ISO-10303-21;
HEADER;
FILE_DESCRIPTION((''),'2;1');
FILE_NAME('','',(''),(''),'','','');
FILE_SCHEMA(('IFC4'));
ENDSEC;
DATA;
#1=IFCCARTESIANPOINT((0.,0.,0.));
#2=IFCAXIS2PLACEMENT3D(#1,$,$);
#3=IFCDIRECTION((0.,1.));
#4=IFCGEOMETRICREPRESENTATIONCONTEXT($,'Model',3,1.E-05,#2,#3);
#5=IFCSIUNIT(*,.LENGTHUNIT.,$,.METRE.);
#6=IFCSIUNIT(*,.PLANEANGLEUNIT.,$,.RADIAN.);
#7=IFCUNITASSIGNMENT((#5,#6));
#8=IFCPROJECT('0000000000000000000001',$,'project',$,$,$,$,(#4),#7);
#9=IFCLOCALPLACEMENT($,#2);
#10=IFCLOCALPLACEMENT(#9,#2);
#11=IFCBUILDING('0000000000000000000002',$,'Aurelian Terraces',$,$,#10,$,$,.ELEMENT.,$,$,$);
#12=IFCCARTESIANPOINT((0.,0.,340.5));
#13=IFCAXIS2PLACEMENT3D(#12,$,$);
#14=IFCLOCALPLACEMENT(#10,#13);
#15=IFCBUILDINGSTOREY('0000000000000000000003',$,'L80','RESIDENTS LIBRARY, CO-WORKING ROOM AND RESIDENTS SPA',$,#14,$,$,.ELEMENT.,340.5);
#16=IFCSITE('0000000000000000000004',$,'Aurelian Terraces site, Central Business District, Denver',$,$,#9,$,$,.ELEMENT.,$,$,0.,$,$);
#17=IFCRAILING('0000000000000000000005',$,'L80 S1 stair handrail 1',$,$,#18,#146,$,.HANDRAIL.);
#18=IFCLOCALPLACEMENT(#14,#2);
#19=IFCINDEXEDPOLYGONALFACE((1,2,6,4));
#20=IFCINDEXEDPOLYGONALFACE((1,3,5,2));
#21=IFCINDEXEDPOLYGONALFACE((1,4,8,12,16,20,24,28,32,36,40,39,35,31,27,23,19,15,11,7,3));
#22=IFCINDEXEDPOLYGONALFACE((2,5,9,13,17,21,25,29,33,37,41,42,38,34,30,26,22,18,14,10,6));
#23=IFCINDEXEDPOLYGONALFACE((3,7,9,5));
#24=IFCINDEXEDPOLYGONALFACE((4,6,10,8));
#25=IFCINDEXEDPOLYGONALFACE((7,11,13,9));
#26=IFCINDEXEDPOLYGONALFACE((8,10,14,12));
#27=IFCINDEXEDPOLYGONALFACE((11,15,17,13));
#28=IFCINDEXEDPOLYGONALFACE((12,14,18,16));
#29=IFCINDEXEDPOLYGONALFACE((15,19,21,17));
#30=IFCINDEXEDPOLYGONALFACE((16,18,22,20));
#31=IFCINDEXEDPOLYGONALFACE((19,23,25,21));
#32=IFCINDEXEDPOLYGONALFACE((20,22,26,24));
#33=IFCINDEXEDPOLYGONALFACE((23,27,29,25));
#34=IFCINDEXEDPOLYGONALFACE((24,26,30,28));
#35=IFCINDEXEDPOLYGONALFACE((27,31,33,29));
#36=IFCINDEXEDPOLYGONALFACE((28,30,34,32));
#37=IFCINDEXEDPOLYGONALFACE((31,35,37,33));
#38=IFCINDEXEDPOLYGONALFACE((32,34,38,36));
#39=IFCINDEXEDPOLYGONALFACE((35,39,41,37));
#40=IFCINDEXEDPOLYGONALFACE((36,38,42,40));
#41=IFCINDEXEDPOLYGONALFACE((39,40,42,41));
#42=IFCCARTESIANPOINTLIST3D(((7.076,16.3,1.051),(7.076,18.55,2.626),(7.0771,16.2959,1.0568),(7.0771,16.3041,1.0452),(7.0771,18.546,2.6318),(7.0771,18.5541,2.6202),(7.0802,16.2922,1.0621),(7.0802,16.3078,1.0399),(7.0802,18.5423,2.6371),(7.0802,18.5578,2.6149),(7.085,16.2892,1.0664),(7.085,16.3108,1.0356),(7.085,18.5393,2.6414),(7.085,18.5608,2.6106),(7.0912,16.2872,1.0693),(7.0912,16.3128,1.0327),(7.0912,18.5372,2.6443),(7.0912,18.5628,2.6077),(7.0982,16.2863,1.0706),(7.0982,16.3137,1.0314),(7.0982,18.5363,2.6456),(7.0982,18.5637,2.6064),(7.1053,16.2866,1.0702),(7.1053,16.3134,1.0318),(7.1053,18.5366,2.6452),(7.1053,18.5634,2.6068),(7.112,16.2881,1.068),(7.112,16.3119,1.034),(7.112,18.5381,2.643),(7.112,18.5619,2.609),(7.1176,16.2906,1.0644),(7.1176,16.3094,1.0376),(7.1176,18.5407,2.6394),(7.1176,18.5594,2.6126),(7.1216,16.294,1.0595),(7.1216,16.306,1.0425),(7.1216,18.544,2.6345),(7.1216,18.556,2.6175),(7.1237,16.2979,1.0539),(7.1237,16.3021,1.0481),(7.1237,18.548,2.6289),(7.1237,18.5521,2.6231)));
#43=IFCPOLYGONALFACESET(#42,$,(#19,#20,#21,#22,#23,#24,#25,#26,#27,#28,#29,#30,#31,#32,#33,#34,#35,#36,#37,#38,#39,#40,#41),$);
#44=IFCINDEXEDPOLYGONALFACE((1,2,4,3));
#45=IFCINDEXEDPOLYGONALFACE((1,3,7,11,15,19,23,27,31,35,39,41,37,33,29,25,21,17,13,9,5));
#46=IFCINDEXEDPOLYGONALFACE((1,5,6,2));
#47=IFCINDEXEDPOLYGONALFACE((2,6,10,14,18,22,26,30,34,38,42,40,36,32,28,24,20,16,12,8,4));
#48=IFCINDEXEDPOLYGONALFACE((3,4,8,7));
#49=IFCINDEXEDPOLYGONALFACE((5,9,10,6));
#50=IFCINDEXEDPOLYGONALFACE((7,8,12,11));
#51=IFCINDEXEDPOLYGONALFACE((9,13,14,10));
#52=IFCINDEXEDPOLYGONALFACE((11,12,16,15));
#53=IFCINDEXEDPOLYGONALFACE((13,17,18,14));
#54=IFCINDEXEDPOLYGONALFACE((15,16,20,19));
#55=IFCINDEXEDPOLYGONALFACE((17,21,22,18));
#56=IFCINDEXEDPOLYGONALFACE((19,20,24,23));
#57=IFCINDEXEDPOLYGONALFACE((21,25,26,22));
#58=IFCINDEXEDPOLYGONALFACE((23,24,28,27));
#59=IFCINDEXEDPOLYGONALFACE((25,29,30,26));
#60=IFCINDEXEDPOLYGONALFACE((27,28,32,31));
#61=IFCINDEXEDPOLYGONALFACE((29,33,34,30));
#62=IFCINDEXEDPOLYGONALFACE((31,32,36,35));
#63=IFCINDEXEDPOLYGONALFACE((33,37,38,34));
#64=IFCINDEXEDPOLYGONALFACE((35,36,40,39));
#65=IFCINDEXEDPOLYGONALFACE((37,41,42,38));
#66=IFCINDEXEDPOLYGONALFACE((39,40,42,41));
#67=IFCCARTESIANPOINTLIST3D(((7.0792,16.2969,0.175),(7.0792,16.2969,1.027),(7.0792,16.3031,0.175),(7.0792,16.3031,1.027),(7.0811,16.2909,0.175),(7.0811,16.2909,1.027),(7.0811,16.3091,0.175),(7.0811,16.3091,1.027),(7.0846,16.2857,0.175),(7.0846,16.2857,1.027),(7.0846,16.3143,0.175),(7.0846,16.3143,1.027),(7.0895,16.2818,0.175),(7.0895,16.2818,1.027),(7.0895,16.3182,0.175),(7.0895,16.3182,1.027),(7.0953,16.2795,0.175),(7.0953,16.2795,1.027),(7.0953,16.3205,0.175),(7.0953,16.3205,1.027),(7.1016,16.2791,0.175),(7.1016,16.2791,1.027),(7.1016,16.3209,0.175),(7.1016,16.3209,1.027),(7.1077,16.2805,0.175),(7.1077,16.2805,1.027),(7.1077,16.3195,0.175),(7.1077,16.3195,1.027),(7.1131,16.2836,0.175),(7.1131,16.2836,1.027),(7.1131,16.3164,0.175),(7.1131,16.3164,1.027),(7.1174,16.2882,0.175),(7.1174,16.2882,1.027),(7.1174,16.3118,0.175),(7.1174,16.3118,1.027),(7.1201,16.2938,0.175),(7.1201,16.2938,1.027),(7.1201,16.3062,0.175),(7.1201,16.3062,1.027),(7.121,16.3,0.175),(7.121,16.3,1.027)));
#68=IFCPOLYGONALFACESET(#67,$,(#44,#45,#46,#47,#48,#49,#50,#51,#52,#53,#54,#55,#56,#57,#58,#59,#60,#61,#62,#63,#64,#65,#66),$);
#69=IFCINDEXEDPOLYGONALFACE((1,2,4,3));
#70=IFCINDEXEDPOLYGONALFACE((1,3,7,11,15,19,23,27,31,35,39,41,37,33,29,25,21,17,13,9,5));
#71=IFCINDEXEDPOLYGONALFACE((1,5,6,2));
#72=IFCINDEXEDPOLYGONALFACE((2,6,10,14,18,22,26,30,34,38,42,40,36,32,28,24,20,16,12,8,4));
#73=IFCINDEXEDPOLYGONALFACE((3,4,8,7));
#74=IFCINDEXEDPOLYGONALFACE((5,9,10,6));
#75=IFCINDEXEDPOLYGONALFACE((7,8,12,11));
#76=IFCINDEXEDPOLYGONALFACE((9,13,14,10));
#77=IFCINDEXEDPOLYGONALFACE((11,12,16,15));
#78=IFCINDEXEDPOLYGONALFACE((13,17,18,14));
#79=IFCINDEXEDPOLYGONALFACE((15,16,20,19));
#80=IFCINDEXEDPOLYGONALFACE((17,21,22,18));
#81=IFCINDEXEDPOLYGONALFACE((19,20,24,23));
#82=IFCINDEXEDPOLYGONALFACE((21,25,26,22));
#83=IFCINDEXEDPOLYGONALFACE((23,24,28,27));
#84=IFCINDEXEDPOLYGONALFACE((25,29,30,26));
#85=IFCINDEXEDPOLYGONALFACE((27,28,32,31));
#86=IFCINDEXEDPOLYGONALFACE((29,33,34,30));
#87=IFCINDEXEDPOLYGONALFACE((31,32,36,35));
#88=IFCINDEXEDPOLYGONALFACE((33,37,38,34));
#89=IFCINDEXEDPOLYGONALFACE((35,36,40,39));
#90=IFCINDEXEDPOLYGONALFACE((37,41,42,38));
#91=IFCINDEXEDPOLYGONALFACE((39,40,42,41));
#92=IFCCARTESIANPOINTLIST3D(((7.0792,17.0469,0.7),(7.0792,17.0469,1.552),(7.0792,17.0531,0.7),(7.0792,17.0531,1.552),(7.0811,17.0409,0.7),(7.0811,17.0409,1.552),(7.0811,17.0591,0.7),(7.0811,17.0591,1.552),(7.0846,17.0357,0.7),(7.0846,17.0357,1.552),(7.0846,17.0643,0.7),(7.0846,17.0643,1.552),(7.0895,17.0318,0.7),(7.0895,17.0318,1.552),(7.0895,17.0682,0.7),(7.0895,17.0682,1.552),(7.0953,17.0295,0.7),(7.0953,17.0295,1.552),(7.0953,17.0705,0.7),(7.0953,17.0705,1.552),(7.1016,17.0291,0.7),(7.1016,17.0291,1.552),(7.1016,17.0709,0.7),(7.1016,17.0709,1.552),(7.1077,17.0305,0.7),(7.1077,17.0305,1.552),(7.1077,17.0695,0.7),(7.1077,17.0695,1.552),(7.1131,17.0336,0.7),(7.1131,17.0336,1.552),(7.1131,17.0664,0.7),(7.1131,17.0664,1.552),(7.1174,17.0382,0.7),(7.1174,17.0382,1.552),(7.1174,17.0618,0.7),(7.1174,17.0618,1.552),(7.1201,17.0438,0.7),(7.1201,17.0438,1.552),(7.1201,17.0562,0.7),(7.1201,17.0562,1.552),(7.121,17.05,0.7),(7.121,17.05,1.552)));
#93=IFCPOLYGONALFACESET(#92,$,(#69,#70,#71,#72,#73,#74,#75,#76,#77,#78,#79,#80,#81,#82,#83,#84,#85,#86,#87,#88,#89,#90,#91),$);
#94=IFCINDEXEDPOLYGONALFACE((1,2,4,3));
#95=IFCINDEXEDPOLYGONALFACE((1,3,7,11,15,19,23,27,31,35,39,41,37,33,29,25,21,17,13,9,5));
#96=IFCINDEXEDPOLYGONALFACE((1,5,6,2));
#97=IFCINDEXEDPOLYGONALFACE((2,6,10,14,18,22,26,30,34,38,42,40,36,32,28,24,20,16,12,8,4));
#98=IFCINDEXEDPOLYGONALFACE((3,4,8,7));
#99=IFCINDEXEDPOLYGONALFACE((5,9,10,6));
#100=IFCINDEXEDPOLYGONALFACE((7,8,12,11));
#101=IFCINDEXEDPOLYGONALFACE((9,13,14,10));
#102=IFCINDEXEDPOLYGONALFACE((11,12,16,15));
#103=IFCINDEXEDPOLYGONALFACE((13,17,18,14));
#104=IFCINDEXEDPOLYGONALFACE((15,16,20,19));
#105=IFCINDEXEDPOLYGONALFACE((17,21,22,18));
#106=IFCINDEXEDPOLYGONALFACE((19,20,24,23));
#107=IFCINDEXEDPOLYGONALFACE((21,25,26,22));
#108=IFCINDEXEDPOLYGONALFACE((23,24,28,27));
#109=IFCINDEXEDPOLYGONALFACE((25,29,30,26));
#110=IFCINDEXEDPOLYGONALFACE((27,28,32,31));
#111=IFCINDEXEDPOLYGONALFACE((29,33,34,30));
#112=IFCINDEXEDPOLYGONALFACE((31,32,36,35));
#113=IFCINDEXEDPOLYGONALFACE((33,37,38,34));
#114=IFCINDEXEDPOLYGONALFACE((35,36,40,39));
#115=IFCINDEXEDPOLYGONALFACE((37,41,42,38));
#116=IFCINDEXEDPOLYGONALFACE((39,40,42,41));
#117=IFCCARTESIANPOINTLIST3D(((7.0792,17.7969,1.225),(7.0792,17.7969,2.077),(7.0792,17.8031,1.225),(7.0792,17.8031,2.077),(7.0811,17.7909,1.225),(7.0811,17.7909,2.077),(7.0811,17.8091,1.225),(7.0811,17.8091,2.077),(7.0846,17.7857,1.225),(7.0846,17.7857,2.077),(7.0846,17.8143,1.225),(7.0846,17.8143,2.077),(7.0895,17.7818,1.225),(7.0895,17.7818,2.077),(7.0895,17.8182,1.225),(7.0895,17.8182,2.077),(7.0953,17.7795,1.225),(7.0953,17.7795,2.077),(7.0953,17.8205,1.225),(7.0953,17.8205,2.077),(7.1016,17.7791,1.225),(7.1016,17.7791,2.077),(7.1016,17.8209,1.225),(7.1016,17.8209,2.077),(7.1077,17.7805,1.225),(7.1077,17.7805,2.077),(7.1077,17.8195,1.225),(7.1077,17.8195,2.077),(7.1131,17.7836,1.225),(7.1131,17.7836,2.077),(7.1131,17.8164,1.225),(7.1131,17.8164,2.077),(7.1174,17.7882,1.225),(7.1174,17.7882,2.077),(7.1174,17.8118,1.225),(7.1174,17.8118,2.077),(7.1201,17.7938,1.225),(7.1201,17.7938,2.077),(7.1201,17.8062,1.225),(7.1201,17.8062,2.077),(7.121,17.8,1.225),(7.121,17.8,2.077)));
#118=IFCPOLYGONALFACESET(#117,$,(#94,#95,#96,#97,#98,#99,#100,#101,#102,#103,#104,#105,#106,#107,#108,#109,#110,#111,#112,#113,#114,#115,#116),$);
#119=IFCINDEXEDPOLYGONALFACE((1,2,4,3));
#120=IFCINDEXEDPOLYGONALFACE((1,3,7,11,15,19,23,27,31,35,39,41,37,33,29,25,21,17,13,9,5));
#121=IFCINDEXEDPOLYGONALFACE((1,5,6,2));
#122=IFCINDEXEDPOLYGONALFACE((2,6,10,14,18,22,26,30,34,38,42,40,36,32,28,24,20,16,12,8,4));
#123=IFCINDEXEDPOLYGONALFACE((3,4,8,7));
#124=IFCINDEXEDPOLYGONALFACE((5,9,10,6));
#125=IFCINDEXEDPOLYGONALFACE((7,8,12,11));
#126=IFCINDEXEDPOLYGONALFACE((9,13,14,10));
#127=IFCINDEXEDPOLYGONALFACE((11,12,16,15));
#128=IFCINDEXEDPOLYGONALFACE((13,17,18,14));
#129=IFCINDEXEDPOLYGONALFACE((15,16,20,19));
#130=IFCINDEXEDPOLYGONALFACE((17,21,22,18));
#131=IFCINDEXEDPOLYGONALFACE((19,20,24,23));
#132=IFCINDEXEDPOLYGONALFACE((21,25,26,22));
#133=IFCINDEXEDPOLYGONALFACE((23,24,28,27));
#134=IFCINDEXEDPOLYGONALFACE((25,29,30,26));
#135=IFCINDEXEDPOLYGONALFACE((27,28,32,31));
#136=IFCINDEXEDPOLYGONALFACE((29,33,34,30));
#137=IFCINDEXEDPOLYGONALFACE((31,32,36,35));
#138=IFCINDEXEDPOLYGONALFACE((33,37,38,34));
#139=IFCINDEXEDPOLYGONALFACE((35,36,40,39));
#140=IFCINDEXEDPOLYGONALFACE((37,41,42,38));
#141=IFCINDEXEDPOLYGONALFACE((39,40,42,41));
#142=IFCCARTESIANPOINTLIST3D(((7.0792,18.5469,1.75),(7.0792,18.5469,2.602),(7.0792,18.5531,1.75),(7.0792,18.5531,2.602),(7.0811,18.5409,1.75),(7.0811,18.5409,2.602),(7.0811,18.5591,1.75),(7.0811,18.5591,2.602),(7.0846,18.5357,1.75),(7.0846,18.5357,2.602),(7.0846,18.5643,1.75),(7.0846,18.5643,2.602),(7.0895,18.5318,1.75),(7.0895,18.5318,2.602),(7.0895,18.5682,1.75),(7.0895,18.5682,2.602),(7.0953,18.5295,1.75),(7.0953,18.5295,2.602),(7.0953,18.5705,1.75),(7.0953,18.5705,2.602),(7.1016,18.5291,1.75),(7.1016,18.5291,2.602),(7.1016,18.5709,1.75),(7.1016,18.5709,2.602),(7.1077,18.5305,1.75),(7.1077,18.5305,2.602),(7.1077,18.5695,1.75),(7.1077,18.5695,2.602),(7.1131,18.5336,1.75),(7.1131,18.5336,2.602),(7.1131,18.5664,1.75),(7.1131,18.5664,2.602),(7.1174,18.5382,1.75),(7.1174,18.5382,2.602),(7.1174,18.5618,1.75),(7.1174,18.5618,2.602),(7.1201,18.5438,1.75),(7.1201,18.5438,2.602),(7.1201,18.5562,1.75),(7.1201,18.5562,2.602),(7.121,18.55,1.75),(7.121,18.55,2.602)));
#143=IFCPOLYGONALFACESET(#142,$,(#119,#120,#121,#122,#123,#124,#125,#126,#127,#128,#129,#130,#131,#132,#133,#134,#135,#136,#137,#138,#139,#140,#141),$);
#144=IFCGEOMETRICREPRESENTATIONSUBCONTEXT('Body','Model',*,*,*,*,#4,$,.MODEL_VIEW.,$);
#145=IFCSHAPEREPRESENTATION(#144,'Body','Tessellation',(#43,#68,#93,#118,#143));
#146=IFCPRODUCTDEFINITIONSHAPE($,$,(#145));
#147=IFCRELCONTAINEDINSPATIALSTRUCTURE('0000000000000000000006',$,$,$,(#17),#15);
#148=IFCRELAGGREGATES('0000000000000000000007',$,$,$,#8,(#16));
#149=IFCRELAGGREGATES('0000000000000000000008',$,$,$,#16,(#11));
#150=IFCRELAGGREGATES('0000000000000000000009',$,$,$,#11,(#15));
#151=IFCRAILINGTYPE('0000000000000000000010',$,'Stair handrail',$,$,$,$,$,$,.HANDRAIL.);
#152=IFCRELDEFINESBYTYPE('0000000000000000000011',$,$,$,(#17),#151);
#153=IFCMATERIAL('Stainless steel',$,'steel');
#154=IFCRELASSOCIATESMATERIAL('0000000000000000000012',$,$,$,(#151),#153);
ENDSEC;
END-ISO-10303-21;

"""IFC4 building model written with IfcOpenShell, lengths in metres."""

from ifc_helpers import new_model, si_unit, direction, frame, origin, origin_2d, place, context, subcontext, project, spatial, circle, extrude, source, transform, mapped, material, type_object, element, save


model = new_model("IFC4")

# Units and contexts
model_context = context("Model", 3, precision=1e-05, world=origin(), true_north=direction((0.0, 1.0)))
body_context = subcontext(model_context, "Body", "Model", "MODEL_VIEW")
ifc_project = project(units=[si_unit("LENGTHUNIT", "METRE"), si_unit("PLANEANGLEUNIT", "RADIAN")], contexts=[model_context])

# Site, building, storey
site_placement = place(None, origin())
site = spatial("IfcSite", under=ifc_project, at=site_placement, Name="Aurelian Terraces site, Central Business District, Denver", CompositionType="ELEMENT", RefElevation=0.0)
building_placement = place(site_placement, origin())
building = spatial("IfcBuilding", under=site, at=building_placement, Name="Aurelian Terraces", CompositionType="ELEMENT")
storey_placement = place(building_placement, frame((0.0, 0.0, 340.5)))
storey = spatial("IfcBuildingStorey", under=building, at=storey_placement, Name="L80", Description="RESIDENTS LIBRARY, CO-WORKING ROOM AND RESIDENTS SPA", CompositionType="ELEMENT", Elevation=340.5)

# Railing
ifc_material_1 = material(Name="Stainless steel", Category="steel")
railing_type_1 = type_object("IfcRailingType", Name="Stair handrail", PredefinedType="HANDRAIL", material=ifc_material_1)
shared_shape_1 = source(origin(), body_context, "Body", "SweptSolid", [
    extrude(circle(Radius=0.024, at=origin_2d()), frame((0.0, 0.0, 0.876), z_axis=(0.0, 0.819232, 0.573462), x_axis=(-1.0, 0.0, 0.0)), (0.0, 0.0, 1.0), 2.7465),
    extrude(circle(Radius=0.021, at=origin_2d()), origin(), (0.0, 0.0, 1.0), 0.852),
    extrude(circle(Radius=0.021, at=origin_2d()), frame((0.0, 0.75, 0.525)), (0.0, 0.0, 1.0), 0.852),
    extrude(circle(Radius=0.021, at=origin_2d()), frame((0.0, 1.5, 1.05)), (0.0, 0.0, 1.0), 0.852),
    extrude(circle(Radius=0.021, at=origin_2d()), frame((0.0, 2.25, 1.575)), (0.0, 0.0, 1.0), 0.852),
])
railing_1_placement = place(storey_placement, frame((7.1, 16.3, 0.175)))
element("IfcRailing", 1, at=railing_1_placement, inside=storey, type_object=railing_type_1, Name="L80 S1 stair handrail 1", PredefinedType="HANDRAIL", context=body_context, shape_type="MappedRepresentation", body=[
    mapped(shared_shape_1, transform((0.0, 0.0, 0.0), scale=1.0)),
])

save(model, "model.ifc")
